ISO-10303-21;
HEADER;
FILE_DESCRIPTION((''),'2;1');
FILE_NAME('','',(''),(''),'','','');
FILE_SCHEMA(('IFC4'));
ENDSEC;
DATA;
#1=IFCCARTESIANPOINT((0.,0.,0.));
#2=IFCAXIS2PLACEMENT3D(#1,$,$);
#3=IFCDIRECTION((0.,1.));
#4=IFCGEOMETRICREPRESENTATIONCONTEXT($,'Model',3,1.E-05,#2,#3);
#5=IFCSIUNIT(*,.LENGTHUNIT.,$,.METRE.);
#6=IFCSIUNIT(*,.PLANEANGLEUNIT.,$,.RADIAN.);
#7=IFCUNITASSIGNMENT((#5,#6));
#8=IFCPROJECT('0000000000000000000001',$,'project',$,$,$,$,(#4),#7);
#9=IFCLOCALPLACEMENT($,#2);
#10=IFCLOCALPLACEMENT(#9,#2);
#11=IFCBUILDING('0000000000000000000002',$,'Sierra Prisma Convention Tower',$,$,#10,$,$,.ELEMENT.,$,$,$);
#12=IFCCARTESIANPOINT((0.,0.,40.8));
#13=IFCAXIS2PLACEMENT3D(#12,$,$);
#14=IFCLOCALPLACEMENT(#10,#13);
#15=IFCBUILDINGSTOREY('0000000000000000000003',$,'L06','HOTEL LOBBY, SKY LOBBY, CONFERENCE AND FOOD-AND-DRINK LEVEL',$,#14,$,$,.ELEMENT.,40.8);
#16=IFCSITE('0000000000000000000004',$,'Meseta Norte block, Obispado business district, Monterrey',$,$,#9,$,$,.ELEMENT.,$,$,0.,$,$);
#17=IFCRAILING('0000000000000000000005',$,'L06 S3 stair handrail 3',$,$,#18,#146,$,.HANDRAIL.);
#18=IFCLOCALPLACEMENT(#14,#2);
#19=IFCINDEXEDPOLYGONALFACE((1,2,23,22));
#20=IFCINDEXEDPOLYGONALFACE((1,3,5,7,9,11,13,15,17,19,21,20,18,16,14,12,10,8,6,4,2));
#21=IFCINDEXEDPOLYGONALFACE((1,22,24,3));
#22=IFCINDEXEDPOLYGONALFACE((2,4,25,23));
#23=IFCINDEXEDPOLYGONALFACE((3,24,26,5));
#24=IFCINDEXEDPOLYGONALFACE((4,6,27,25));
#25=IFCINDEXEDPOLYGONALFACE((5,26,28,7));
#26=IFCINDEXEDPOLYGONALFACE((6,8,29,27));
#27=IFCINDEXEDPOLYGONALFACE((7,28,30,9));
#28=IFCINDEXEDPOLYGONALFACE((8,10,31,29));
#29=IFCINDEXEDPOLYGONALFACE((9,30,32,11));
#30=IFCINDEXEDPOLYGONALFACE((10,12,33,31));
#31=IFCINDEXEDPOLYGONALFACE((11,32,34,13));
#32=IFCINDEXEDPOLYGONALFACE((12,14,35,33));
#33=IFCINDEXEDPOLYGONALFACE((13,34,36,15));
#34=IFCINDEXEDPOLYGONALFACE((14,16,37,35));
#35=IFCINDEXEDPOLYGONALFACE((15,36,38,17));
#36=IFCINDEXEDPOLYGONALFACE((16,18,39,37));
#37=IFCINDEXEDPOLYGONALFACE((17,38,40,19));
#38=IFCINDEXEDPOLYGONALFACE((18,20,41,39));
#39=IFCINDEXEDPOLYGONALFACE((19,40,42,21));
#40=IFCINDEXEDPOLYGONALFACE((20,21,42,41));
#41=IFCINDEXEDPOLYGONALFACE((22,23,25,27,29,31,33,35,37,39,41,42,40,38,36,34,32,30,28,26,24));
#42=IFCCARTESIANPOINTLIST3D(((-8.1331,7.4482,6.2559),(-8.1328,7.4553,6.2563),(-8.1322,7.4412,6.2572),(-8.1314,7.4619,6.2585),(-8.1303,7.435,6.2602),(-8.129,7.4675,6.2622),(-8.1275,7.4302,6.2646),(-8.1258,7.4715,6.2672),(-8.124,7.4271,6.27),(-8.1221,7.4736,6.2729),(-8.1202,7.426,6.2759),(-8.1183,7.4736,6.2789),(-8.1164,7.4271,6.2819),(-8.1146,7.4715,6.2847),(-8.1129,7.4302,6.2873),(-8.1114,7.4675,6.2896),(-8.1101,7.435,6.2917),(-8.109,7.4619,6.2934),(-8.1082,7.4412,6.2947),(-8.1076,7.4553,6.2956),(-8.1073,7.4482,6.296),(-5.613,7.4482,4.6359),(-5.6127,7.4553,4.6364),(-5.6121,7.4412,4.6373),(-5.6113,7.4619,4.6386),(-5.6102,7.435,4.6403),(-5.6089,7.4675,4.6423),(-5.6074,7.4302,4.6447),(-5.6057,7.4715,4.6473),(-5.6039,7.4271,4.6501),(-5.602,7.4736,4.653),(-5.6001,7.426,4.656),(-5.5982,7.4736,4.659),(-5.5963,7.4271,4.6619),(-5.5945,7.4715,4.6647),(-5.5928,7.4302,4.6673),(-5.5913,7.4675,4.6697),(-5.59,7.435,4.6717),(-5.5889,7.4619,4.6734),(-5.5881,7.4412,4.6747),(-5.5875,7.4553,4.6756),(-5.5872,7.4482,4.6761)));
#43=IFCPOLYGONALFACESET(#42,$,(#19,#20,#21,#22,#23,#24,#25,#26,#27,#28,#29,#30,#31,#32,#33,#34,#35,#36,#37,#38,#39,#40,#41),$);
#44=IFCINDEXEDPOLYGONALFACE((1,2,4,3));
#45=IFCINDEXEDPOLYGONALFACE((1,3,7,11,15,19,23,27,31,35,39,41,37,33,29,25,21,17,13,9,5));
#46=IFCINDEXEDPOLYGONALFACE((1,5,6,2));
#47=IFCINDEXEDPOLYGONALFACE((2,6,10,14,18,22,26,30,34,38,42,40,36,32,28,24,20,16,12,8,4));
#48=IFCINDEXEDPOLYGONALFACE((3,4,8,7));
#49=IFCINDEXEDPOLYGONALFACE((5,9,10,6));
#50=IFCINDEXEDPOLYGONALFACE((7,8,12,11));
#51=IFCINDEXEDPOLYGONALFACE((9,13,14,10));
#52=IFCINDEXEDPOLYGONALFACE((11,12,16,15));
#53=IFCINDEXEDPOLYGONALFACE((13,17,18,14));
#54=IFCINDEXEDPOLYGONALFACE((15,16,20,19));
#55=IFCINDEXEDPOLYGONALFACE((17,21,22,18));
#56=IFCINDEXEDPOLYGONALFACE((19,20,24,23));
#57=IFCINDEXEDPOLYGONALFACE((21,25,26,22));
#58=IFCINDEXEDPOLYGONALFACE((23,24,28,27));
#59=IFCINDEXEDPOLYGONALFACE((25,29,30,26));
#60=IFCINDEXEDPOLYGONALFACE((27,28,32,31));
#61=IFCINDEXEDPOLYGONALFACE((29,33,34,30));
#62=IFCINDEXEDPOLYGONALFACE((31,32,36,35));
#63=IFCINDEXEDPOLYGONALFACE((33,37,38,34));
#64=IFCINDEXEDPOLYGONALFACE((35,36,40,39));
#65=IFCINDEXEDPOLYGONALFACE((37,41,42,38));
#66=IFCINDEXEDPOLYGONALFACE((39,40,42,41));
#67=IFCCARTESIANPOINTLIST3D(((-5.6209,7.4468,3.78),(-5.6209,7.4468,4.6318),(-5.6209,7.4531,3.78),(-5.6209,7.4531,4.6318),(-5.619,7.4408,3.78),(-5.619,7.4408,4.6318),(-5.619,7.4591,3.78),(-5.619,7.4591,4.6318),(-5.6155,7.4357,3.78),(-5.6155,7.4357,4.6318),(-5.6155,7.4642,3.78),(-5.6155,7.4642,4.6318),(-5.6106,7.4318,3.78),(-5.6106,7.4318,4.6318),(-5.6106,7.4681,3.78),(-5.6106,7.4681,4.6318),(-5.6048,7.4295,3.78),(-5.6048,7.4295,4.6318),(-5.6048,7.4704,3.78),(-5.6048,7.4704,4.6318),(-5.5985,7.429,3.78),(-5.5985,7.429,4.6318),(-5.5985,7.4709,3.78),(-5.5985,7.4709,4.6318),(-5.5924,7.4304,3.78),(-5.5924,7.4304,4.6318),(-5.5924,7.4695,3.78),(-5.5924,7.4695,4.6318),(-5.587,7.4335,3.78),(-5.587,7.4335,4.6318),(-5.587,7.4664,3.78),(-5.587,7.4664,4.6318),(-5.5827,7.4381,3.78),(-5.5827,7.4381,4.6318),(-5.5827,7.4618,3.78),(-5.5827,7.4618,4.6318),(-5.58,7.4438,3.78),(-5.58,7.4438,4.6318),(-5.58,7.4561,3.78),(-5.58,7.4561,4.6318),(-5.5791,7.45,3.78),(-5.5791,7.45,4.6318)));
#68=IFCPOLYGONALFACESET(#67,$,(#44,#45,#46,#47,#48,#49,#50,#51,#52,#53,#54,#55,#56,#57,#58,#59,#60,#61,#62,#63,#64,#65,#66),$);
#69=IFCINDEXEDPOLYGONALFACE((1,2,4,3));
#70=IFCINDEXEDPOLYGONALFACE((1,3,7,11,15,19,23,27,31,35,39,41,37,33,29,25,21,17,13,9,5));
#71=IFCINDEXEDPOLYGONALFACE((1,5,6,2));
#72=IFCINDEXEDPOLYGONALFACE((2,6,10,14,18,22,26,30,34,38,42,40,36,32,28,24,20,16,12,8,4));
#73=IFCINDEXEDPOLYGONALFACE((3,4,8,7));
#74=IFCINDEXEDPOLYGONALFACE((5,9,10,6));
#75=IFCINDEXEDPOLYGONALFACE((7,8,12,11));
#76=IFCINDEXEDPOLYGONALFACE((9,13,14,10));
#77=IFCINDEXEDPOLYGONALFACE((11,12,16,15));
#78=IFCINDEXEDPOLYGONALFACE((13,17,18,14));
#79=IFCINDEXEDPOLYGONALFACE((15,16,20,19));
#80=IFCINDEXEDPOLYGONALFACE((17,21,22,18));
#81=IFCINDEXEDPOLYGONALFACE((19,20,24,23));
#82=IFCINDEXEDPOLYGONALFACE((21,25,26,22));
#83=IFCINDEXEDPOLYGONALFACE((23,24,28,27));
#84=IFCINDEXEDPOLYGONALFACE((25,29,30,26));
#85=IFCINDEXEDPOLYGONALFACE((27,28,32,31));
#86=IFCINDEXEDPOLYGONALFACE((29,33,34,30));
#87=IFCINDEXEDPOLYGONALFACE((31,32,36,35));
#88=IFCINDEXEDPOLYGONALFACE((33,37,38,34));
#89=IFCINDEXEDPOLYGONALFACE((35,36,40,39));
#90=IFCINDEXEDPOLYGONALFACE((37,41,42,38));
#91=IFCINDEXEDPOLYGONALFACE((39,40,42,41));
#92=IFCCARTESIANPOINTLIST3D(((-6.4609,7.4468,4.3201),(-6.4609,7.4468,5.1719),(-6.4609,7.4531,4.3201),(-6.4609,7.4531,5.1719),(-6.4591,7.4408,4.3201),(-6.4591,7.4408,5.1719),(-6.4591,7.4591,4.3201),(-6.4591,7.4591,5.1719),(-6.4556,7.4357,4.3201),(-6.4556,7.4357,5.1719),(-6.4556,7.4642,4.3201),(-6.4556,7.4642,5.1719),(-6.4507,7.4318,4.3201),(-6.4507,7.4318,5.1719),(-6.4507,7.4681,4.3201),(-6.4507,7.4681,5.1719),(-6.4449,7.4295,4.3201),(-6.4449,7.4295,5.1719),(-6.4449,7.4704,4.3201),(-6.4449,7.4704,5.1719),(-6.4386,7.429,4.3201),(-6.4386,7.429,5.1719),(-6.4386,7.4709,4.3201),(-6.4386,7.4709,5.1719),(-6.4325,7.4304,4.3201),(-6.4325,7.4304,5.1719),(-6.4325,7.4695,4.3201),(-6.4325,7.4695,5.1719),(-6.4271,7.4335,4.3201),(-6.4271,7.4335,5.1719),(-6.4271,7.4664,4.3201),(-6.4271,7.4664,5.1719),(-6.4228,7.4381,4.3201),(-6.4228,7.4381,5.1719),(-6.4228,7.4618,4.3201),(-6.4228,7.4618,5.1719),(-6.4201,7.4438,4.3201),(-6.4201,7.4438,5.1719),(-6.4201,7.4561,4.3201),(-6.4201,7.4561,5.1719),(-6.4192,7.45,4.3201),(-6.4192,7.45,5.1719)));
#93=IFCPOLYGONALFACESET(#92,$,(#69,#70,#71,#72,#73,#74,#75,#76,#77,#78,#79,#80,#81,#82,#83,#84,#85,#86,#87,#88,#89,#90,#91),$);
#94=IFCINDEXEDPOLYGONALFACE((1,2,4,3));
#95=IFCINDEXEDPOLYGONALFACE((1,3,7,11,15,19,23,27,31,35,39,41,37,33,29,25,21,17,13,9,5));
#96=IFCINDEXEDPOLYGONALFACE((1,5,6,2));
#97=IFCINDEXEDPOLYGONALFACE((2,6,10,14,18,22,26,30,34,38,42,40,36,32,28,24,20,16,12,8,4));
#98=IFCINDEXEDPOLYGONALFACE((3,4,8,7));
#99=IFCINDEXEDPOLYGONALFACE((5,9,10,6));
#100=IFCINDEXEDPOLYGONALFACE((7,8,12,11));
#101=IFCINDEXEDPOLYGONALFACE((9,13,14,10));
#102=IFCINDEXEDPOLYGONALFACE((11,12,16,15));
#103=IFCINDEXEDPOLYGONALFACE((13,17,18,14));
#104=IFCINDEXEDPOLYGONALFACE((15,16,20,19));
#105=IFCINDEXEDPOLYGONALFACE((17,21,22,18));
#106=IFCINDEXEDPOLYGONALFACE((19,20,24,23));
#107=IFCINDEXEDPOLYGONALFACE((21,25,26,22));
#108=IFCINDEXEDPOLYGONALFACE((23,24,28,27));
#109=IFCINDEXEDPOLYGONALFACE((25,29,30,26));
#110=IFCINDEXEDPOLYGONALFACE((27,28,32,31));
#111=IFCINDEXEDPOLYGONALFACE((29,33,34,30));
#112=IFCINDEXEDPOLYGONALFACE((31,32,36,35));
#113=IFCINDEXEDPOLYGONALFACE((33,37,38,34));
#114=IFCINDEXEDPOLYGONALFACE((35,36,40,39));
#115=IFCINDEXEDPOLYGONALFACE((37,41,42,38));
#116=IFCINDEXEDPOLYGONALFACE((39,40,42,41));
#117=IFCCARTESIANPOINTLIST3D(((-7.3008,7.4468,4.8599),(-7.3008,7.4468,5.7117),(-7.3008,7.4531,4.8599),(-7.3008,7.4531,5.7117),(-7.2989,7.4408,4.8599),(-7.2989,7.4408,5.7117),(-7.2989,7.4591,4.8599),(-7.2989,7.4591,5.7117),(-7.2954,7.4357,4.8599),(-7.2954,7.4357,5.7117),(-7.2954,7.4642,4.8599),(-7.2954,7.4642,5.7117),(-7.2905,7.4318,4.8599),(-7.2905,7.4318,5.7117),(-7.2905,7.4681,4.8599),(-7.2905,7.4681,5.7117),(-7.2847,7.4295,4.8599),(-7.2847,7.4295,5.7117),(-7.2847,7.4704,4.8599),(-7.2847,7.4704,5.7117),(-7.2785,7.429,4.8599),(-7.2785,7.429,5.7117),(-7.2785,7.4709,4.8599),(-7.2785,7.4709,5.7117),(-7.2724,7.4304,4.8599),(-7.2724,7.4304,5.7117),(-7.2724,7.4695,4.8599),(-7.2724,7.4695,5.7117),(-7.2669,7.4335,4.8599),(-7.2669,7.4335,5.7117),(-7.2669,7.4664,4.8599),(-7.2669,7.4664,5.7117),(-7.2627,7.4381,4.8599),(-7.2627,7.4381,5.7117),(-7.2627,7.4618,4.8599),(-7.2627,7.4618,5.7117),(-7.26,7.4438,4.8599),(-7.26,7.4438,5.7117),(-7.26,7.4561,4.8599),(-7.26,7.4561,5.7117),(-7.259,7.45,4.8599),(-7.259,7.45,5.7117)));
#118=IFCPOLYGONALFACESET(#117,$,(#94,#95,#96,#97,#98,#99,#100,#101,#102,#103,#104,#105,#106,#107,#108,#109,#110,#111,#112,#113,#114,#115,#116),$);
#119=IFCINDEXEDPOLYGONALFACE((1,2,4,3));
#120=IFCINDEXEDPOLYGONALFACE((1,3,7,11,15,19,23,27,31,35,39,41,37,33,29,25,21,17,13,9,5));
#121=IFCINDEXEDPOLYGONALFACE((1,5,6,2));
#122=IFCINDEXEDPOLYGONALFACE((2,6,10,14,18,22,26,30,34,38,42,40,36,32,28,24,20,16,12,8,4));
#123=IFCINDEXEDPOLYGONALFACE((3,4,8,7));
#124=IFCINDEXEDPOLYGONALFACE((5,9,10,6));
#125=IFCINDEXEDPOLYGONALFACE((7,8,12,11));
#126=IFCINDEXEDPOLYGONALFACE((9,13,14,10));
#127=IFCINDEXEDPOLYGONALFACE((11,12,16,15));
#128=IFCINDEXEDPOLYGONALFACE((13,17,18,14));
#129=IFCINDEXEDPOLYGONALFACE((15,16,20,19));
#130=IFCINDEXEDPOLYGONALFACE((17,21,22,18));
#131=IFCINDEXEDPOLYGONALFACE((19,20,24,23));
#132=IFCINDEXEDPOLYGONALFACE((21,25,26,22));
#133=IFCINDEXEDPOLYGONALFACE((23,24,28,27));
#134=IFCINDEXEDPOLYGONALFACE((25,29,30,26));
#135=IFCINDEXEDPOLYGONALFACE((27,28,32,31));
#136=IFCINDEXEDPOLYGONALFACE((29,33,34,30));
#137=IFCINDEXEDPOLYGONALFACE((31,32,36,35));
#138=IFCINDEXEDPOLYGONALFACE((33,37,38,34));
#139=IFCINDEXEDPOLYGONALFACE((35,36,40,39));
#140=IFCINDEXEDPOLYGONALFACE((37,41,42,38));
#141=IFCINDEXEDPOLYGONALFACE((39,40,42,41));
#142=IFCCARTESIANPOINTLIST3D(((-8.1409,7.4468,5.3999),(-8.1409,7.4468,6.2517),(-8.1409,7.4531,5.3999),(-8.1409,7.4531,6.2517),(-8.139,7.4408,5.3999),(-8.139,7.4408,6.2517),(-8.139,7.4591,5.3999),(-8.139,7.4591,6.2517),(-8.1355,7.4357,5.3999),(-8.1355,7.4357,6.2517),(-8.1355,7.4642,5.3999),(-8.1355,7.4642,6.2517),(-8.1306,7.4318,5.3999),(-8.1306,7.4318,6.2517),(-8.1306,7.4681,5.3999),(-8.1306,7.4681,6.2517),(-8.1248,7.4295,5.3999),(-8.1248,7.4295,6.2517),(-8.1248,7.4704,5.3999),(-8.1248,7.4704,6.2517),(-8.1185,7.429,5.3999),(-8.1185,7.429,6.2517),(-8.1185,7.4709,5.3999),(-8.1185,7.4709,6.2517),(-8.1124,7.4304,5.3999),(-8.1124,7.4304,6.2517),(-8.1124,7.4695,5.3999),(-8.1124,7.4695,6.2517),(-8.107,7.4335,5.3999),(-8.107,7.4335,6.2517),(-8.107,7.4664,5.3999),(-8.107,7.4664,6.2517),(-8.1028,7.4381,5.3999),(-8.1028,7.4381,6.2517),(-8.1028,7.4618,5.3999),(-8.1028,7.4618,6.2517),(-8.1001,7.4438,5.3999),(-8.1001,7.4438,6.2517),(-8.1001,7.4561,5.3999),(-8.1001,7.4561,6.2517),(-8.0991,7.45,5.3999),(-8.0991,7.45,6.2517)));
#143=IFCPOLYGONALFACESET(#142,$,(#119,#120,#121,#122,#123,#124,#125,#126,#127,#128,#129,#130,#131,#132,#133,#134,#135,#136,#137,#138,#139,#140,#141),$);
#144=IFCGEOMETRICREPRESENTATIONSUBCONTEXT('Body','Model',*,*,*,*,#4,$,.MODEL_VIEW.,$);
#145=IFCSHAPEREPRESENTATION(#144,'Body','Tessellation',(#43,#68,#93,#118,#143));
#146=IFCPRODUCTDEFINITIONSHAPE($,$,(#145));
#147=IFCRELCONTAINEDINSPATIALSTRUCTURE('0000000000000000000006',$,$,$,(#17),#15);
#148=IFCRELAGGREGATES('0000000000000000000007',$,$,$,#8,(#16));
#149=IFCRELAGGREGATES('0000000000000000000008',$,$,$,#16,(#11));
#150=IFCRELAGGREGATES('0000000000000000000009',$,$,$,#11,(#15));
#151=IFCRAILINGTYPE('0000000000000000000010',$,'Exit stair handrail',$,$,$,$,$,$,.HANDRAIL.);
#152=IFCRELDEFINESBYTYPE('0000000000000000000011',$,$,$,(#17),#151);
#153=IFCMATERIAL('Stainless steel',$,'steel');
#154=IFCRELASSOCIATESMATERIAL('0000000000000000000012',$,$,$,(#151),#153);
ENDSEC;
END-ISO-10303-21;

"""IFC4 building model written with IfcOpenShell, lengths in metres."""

from ifc_helpers import new_model, si_unit, direction, frame, origin, origin_2d, place, context, subcontext, project, spatial, circle, extrude, material, type_object, element, save


model = new_model("IFC4")

# Units and contexts
model_context = context("Model", 3, precision=1e-05, world=origin(), true_north=direction((0.0, 1.0)))
body_context = subcontext(model_context, "Body", "Model", "MODEL_VIEW")
ifc_project = project(units=[si_unit("LENGTHUNIT", "METRE"), si_unit("PLANEANGLEUNIT", "RADIAN")], contexts=[model_context])

# Site, building, storey
site_placement = place(None, origin())
site = spatial("IfcSite", under=ifc_project, at=site_placement, Name="Meseta Norte block, Obispado business district, Monterrey", CompositionType="ELEMENT", RefElevation=0.0)
building_placement = place(site_placement, origin())
building = spatial("IfcBuilding", under=site, at=building_placement, Name="Sierra Prisma Convention Tower", CompositionType="ELEMENT")
storey_placement = place(building_placement, frame((0.0, 0.0, 40.8)))
storey = spatial("IfcBuildingStorey", under=building, at=storey_placement, Name="L06", Description="HOTEL LOBBY, SKY LOBBY, CONFERENCE AND FOOD-AND-DRINK LEVEL", CompositionType="ELEMENT", Elevation=40.8)

# Railing
ifc_material_1 = material(Name="Stainless steel", Category="steel")
railing_type_1 = type_object("IfcRailingType", Name="Exit stair handrail", PredefinedType="HANDRAIL", material=ifc_material_1)
railing_1_placement = place(storey_placement, frame((-5.6001, 7.45, 3.78)))
element("IfcRailing", 1, at=railing_1_placement, inside=storey, type_object=railing_type_1, Name="L06 S3 stair handrail 3", PredefinedType="HANDRAIL", context=body_context, shape_type="SweptSolid", body=[
    extrude(circle(Radius=0.0239, at=origin_2d()), frame((0.0, 0.0, 0.876), z_axis=(-0.8412, 0.0, 0.540725), x_axis=(0.0, -1.0, 0.0)), (0.0, 0.0, 1.0), 2.9958),
    extrude(circle(Radius=0.021, at=origin_2d()), origin(), (0.0, 0.0, 1.0), 0.8518),
    extrude(circle(Radius=0.021, at=origin_2d()), frame((-0.8401, 0.0, 0.54)), (0.0, 0.0, 1.0), 0.8518),
    extrude(circle(Radius=0.021, at=origin_2d()), frame((-1.6799, 0.0, 1.0798)), (0.0, 0.0, 1.0), 0.8518),
    extrude(circle(Radius=0.021, at=origin_2d()), frame((-2.52, 0.0, 1.6199)), (0.0, 0.0, 1.0), 0.8518),
])

save(model, "model.ifc")
